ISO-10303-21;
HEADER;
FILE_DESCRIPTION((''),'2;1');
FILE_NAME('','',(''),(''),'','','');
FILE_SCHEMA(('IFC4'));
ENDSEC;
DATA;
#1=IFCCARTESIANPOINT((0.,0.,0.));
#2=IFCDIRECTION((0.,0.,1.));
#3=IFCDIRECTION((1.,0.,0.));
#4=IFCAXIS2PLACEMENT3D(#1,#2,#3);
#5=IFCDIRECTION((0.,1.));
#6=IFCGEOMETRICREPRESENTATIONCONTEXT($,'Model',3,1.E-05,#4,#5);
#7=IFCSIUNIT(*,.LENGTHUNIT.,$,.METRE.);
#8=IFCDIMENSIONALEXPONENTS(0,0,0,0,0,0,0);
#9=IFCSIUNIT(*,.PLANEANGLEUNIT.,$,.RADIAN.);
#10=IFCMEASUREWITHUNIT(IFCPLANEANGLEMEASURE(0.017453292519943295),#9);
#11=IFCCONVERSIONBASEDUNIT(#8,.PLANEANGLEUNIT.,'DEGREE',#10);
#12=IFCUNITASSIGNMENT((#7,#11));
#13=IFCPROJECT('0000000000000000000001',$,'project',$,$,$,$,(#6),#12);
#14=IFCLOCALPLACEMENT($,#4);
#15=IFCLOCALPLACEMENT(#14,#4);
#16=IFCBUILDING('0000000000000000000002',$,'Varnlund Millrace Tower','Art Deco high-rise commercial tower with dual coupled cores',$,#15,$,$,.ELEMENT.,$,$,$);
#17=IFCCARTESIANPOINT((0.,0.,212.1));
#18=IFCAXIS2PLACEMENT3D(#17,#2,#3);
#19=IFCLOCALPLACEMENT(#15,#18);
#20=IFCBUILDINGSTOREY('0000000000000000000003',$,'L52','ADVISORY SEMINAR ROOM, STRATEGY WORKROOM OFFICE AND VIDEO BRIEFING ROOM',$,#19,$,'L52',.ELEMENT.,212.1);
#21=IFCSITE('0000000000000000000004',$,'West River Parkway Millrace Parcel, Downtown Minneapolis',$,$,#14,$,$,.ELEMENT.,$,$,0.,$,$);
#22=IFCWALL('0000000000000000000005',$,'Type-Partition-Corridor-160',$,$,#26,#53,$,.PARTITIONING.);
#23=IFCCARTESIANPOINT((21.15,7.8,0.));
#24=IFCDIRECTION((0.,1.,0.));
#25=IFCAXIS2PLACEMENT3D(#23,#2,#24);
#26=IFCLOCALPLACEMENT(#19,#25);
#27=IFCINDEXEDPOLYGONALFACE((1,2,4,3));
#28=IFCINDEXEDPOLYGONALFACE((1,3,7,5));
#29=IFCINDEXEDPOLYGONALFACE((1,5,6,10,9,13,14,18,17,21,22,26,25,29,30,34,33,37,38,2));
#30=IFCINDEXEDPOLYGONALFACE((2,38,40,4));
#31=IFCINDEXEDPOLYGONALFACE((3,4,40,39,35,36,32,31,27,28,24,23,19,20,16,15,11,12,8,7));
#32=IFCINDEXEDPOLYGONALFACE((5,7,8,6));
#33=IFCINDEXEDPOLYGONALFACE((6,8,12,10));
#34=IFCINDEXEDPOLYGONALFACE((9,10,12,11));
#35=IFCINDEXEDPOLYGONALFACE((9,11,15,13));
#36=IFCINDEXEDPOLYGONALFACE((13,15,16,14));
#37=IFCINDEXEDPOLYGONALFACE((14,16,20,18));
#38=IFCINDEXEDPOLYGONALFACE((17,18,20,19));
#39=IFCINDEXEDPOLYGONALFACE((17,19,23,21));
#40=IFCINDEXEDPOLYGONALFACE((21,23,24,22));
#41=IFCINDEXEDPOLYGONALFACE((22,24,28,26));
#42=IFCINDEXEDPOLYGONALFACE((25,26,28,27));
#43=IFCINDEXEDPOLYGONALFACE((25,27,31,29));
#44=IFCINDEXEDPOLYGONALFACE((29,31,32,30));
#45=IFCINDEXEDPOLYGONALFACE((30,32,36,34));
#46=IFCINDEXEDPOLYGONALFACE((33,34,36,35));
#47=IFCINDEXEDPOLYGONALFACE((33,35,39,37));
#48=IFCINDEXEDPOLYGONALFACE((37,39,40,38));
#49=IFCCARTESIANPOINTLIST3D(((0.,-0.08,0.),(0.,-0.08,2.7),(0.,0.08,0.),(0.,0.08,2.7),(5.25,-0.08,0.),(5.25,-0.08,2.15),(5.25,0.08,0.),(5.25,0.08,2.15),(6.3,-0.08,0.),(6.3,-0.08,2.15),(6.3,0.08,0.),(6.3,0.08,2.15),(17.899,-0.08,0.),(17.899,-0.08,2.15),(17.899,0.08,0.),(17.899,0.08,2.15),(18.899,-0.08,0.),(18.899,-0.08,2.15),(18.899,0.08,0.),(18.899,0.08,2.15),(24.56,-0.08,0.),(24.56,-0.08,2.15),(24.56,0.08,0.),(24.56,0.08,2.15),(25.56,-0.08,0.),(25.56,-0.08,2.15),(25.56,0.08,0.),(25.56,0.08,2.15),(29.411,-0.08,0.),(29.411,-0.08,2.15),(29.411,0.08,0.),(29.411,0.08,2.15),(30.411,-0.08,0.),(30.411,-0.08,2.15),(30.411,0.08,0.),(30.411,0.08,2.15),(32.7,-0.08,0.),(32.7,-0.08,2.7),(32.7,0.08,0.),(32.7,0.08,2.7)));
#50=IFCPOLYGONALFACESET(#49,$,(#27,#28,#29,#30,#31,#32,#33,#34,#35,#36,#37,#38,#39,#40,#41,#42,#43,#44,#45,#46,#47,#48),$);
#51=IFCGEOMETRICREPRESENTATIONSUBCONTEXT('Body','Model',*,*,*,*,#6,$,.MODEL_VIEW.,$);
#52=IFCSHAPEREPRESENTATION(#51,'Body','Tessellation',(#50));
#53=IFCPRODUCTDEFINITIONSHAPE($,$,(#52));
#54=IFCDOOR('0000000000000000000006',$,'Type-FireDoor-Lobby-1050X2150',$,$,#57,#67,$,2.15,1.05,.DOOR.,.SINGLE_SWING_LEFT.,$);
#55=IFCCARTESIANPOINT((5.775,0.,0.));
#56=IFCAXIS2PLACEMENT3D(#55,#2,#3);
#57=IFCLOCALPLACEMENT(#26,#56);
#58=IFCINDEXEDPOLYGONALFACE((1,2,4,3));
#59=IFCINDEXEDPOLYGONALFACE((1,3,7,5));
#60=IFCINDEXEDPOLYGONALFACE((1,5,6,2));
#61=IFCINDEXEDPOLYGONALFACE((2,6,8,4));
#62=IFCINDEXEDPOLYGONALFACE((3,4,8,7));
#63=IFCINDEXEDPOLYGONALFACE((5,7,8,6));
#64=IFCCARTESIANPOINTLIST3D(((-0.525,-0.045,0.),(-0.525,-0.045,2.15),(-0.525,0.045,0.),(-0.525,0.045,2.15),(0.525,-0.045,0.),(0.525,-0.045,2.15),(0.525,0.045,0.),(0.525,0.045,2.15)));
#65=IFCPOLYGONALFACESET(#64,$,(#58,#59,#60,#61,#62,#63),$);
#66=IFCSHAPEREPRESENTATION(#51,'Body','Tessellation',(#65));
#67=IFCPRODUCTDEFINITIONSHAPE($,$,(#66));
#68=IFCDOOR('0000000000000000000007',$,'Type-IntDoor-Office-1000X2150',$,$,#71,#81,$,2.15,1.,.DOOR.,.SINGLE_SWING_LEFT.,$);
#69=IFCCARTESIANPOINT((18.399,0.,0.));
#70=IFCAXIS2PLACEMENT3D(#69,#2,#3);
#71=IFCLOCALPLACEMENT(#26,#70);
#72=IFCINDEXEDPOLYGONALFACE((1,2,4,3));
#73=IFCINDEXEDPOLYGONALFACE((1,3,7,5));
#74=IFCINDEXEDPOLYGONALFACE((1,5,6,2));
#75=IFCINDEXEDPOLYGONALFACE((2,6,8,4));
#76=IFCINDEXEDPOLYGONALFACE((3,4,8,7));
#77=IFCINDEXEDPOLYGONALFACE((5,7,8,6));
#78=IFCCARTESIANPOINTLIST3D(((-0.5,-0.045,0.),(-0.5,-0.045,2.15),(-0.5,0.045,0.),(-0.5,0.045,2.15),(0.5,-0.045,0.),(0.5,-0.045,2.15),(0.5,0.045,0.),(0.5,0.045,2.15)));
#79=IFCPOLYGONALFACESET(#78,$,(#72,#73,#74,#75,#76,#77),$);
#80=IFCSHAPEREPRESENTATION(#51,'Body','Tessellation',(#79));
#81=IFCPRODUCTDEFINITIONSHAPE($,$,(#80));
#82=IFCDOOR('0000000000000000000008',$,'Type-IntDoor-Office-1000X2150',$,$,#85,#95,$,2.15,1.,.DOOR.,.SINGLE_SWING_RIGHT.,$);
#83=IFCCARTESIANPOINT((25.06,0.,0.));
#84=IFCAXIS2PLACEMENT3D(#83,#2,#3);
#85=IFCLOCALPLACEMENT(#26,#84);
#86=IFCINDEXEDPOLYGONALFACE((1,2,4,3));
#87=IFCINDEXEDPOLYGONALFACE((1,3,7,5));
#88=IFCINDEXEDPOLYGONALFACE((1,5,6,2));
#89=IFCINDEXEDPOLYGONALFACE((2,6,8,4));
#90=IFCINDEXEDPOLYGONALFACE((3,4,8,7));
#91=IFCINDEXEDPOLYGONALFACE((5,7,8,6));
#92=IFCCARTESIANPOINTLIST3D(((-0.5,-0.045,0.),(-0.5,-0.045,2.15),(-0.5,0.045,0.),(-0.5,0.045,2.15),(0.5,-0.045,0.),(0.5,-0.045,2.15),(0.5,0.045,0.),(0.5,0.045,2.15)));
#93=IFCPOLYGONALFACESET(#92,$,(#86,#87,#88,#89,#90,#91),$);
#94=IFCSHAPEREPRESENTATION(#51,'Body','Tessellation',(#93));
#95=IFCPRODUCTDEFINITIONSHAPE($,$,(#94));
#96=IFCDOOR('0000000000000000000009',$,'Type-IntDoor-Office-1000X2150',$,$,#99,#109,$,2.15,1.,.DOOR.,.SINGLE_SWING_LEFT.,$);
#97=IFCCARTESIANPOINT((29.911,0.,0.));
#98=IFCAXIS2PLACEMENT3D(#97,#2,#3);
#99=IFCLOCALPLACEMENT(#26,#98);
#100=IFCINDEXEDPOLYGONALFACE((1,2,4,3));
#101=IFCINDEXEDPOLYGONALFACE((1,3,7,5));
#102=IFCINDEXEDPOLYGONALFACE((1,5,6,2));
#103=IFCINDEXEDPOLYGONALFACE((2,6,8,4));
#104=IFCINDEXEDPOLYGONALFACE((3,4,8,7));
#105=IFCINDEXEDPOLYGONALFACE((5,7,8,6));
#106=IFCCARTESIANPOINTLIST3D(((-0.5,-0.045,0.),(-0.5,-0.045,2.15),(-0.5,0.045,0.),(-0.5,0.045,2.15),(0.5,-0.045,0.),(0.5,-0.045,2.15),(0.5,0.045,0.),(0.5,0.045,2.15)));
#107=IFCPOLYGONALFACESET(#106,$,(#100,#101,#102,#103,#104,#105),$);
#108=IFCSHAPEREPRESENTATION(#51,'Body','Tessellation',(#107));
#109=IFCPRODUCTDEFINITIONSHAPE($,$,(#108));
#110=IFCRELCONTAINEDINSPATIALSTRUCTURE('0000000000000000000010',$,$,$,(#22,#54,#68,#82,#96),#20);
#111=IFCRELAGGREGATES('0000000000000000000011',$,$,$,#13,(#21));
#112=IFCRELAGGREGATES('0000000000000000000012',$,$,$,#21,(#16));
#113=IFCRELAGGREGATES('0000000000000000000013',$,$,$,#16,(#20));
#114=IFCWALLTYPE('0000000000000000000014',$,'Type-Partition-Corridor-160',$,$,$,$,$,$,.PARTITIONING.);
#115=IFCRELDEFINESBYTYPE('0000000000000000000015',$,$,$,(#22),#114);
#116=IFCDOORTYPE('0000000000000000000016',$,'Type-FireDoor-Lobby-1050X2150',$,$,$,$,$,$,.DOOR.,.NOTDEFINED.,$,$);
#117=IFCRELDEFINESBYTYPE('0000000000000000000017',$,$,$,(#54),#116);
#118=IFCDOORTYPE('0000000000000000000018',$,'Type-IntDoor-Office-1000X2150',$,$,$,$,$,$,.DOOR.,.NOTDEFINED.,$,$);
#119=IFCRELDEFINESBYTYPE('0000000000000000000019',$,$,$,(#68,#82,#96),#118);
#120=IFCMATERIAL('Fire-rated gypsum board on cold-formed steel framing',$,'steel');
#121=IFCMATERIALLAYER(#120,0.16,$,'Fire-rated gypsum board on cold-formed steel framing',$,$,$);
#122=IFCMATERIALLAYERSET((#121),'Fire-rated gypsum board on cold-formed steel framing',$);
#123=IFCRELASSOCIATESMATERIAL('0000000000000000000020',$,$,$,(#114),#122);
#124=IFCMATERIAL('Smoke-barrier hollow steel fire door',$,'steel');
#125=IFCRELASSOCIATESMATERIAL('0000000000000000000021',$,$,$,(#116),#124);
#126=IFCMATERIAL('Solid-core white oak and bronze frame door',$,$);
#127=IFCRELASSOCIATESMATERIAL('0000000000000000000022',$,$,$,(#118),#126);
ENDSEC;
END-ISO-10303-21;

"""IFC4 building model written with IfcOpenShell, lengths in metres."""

from ifc_helpers import new_model, entity, si_unit, converted_unit, direction, frame, origin_with_axes, origin_2d_with_axis, place, context, subcontext, project, spatial, polyline, rectangle, outline, extrude, material, layer, layer_set, type_object, element, fill, save


model = new_model("IFC4")

# Units and contexts
model_context = context("Model", 3, precision=1e-05, world=origin_with_axes(), true_north=direction((0.0, 1.0)))
body_context = subcontext(model_context, "Body", "Model", "MODEL_VIEW")
ifc_project = project(units=[si_unit("LENGTHUNIT", "METRE"), converted_unit("PLANEANGLEUNIT", "DEGREE", entity("IfcPlaneAngleMeasure", 0.017453292519943295), si_unit("PLANEANGLEUNIT", "RADIAN"), dimensions=[0, 0, 0, 0, 0, 0, 0])], contexts=[model_context])

# Site, building, storey
site_placement = place(None, origin_with_axes())
site = spatial("IfcSite", under=ifc_project, at=site_placement, Name="West River Parkway Millrace Parcel, Downtown Minneapolis", CompositionType="ELEMENT", RefElevation=0.0)
building_placement = place(site_placement, origin_with_axes())
building = spatial("IfcBuilding", under=site, at=building_placement, Name="Varnlund Millrace Tower", Description="Art Deco high-rise commercial tower with dual coupled cores", CompositionType="ELEMENT")
storey_placement = place(building_placement, frame((0.0, 0.0, 212.1), z_axis=(0.0, 0.0, 1.0), x_axis=(1.0, 0.0, 0.0)))
storey = spatial("IfcBuildingStorey", under=building, at=storey_placement, Name="L52", Description="ADVISORY SEMINAR ROOM, STRATEGY WORKROOM OFFICE AND VIDEO BRIEFING ROOM", LongName="L52", CompositionType="ELEMENT", Elevation=212.1)

# Wall, openings, doors
ifc_material_1 = material(Name="Fire-rated gypsum board on cold-formed steel framing", Category="steel")
ifc_layer_1 = layer(ifc_material_1, 0.16, Name="Fire-rated gypsum board on cold-formed steel framing")
ifc_layer_set_1 = layer_set([ifc_layer_1], Name="Fire-rated gypsum board on cold-formed steel framing")
wall_type_1 = type_object("IfcWallType", Name="Type-Partition-Corridor-160", PredefinedType="PARTITIONING", material=ifc_layer_set_1)
wall_1_placement = place(storey_placement, frame((21.15, 7.8, 0.0), z_axis=(0.0, 0.0, 1.0), x_axis=(0.0, 1.0, 0.0)))
wall_1 = element("IfcWall", 1, at=wall_1_placement, inside=storey, type_object=wall_type_1, Name="Type-Partition-Corridor-160", PredefinedType="PARTITIONING", context=body_context, shape_type="SweptSolid", body=[
    extrude(outline(polyline([(0.0, -0.08), (32.7, -0.08), (32.7, 0.08), (0.0, 0.08), (0.0, -0.08)])), origin_with_axes(), (0.0, 0.0, 1.0), 2.7),
])
opening_1_placement = place(wall_1_placement, frame((18.399, 0.0, 0.0), z_axis=(0.0, 0.0, 1.0), x_axis=(1.0, 0.0, 0.0)))
opening_1 = element("IfcOpeningElement", 2, at=opening_1_placement, cuts=wall_1, PredefinedType="OPENING", context=body_context, shape_type="SweptSolid", body=[
    extrude(rectangle(XDim=1.0, YDim=0.18, at=origin_2d_with_axis()), origin_with_axes(), (0.0, 0.0, 1.0), 2.15),
])
opening_2_placement = place(wall_1_placement, frame((25.06, 0.0, 0.0), z_axis=(0.0, 0.0, 1.0), x_axis=(1.0, 0.0, 0.0)))
opening_2 = element("IfcOpeningElement", 3, at=opening_2_placement, cuts=wall_1, PredefinedType="OPENING", context=body_context, shape_type="SweptSolid", body=[
    extrude(rectangle(XDim=1.0, YDim=0.18, at=origin_2d_with_axis()), origin_with_axes(), (0.0, 0.0, 1.0), 2.15),
])
opening_3_placement = place(wall_1_placement, frame((29.911, 0.0, 0.0), z_axis=(0.0, 0.0, 1.0), x_axis=(1.0, 0.0, 0.0)))
opening_3 = element("IfcOpeningElement", 4, at=opening_3_placement, cuts=wall_1, PredefinedType="OPENING", context=body_context, shape_type="SweptSolid", body=[
    extrude(rectangle(XDim=1.0, YDim=0.18, at=origin_2d_with_axis()), origin_with_axes(), (0.0, 0.0, 1.0), 2.15),
])
opening_4_placement = place(wall_1_placement, frame((5.775, 0.0, 0.0), z_axis=(0.0, 0.0, 1.0), x_axis=(1.0, 0.0, 0.0)))
opening_4 = element("IfcOpeningElement", 5, at=opening_4_placement, cuts=wall_1, PredefinedType="OPENING", context=body_context, shape_type="SweptSolid", body=[
    extrude(rectangle(XDim=1.05, YDim=0.18, at=origin_2d_with_axis()), origin_with_axes(), (0.0, 0.0, 1.0), 2.15),
])
ifc_material_2 = material(Name="Smoke-barrier hollow steel fire door", Category="steel")
door_type_1 = type_object("IfcDoorType", Name="Type-FireDoor-Lobby-1050X2150", OperationType="NOTDEFINED", PredefinedType="DOOR", material=ifc_material_2)
door_1_placement = place(wall_1_placement, frame((5.775, 0.0, 0.0), z_axis=(0.0, 0.0, 1.0), x_axis=(1.0, 0.0, 0.0)))
door_1 = element("IfcDoor", 6, at=door_1_placement, inside=storey, type_object=door_type_1, Name="Type-FireDoor-Lobby-1050X2150", OperationType="SINGLE_SWING_LEFT", OverallHeight=2.15, OverallWidth=1.05, PredefinedType="DOOR", context=body_context, shape_type="SweptSolid", body=[
    extrude(rectangle(XDim=1.05, YDim=0.09, at=origin_2d_with_axis()), origin_with_axes(), (0.0, 0.0, 1.0), 2.15),
])
fill(opening_4, door_1)
ifc_material_3 = material(Name="Solid-core white oak and bronze frame door")
door_type_2 = type_object("IfcDoorType", Name="Type-IntDoor-Office-1000X2150", OperationType="NOTDEFINED", PredefinedType="DOOR", material=ifc_material_3)
door_2_placement = place(wall_1_placement, frame((18.399, 0.0, 0.0), z_axis=(0.0, 0.0, 1.0), x_axis=(1.0, 0.0, 0.0)))
door_2 = element("IfcDoor", 7, at=door_2_placement, inside=storey, type_object=door_type_2, Name="Type-IntDoor-Office-1000X2150", OperationType="SINGLE_SWING_LEFT", OverallHeight=2.15, OverallWidth=1.0, PredefinedType="DOOR", context=body_context, shape_type="SweptSolid", body=[
    extrude(rectangle(XDim=1.0, YDim=0.09, at=origin_2d_with_axis()), origin_with_axes(), (0.0, 0.0, 1.0), 2.15),
])
fill(opening_1, door_2)
door_3_placement = place(wall_1_placement, frame((25.06, 0.0, 0.0), z_axis=(0.0, 0.0, 1.0), x_axis=(1.0, 0.0, 0.0)))
door_3 = element("IfcDoor", 8, at=door_3_placement, inside=storey, type_object=door_type_2, Name="Type-IntDoor-Office-1000X2150", OperationType="SINGLE_SWING_RIGHT", OverallHeight=2.15, OverallWidth=1.0, PredefinedType="DOOR", context=body_context, shape_type="SweptSolid", body=[
    extrude(rectangle(XDim=1.0, YDim=0.09, at=origin_2d_with_axis()), origin_with_axes(), (0.0, 0.0, 1.0), 2.15),
])
fill(opening_2, door_3)
door_4_placement = place(wall_1_placement, frame((29.911, 0.0, 0.0), z_axis=(0.0, 0.0, 1.0), x_axis=(1.0, 0.0, 0.0)))
door_4 = element("IfcDoor", 9, at=door_4_placement, inside=storey, type_object=door_type_2, Name="Type-IntDoor-Office-1000X2150", OperationType="SINGLE_SWING_LEFT", OverallHeight=2.15, OverallWidth=1.0, PredefinedType="DOOR", context=body_context, shape_type="SweptSolid", body=[
    extrude(rectangle(XDim=1.0, YDim=0.09, at=origin_2d_with_axis()), origin_with_axes(), (0.0, 0.0, 1.0), 2.15),
])
fill(opening_3, door_4)

save(model, "model.ifc")
